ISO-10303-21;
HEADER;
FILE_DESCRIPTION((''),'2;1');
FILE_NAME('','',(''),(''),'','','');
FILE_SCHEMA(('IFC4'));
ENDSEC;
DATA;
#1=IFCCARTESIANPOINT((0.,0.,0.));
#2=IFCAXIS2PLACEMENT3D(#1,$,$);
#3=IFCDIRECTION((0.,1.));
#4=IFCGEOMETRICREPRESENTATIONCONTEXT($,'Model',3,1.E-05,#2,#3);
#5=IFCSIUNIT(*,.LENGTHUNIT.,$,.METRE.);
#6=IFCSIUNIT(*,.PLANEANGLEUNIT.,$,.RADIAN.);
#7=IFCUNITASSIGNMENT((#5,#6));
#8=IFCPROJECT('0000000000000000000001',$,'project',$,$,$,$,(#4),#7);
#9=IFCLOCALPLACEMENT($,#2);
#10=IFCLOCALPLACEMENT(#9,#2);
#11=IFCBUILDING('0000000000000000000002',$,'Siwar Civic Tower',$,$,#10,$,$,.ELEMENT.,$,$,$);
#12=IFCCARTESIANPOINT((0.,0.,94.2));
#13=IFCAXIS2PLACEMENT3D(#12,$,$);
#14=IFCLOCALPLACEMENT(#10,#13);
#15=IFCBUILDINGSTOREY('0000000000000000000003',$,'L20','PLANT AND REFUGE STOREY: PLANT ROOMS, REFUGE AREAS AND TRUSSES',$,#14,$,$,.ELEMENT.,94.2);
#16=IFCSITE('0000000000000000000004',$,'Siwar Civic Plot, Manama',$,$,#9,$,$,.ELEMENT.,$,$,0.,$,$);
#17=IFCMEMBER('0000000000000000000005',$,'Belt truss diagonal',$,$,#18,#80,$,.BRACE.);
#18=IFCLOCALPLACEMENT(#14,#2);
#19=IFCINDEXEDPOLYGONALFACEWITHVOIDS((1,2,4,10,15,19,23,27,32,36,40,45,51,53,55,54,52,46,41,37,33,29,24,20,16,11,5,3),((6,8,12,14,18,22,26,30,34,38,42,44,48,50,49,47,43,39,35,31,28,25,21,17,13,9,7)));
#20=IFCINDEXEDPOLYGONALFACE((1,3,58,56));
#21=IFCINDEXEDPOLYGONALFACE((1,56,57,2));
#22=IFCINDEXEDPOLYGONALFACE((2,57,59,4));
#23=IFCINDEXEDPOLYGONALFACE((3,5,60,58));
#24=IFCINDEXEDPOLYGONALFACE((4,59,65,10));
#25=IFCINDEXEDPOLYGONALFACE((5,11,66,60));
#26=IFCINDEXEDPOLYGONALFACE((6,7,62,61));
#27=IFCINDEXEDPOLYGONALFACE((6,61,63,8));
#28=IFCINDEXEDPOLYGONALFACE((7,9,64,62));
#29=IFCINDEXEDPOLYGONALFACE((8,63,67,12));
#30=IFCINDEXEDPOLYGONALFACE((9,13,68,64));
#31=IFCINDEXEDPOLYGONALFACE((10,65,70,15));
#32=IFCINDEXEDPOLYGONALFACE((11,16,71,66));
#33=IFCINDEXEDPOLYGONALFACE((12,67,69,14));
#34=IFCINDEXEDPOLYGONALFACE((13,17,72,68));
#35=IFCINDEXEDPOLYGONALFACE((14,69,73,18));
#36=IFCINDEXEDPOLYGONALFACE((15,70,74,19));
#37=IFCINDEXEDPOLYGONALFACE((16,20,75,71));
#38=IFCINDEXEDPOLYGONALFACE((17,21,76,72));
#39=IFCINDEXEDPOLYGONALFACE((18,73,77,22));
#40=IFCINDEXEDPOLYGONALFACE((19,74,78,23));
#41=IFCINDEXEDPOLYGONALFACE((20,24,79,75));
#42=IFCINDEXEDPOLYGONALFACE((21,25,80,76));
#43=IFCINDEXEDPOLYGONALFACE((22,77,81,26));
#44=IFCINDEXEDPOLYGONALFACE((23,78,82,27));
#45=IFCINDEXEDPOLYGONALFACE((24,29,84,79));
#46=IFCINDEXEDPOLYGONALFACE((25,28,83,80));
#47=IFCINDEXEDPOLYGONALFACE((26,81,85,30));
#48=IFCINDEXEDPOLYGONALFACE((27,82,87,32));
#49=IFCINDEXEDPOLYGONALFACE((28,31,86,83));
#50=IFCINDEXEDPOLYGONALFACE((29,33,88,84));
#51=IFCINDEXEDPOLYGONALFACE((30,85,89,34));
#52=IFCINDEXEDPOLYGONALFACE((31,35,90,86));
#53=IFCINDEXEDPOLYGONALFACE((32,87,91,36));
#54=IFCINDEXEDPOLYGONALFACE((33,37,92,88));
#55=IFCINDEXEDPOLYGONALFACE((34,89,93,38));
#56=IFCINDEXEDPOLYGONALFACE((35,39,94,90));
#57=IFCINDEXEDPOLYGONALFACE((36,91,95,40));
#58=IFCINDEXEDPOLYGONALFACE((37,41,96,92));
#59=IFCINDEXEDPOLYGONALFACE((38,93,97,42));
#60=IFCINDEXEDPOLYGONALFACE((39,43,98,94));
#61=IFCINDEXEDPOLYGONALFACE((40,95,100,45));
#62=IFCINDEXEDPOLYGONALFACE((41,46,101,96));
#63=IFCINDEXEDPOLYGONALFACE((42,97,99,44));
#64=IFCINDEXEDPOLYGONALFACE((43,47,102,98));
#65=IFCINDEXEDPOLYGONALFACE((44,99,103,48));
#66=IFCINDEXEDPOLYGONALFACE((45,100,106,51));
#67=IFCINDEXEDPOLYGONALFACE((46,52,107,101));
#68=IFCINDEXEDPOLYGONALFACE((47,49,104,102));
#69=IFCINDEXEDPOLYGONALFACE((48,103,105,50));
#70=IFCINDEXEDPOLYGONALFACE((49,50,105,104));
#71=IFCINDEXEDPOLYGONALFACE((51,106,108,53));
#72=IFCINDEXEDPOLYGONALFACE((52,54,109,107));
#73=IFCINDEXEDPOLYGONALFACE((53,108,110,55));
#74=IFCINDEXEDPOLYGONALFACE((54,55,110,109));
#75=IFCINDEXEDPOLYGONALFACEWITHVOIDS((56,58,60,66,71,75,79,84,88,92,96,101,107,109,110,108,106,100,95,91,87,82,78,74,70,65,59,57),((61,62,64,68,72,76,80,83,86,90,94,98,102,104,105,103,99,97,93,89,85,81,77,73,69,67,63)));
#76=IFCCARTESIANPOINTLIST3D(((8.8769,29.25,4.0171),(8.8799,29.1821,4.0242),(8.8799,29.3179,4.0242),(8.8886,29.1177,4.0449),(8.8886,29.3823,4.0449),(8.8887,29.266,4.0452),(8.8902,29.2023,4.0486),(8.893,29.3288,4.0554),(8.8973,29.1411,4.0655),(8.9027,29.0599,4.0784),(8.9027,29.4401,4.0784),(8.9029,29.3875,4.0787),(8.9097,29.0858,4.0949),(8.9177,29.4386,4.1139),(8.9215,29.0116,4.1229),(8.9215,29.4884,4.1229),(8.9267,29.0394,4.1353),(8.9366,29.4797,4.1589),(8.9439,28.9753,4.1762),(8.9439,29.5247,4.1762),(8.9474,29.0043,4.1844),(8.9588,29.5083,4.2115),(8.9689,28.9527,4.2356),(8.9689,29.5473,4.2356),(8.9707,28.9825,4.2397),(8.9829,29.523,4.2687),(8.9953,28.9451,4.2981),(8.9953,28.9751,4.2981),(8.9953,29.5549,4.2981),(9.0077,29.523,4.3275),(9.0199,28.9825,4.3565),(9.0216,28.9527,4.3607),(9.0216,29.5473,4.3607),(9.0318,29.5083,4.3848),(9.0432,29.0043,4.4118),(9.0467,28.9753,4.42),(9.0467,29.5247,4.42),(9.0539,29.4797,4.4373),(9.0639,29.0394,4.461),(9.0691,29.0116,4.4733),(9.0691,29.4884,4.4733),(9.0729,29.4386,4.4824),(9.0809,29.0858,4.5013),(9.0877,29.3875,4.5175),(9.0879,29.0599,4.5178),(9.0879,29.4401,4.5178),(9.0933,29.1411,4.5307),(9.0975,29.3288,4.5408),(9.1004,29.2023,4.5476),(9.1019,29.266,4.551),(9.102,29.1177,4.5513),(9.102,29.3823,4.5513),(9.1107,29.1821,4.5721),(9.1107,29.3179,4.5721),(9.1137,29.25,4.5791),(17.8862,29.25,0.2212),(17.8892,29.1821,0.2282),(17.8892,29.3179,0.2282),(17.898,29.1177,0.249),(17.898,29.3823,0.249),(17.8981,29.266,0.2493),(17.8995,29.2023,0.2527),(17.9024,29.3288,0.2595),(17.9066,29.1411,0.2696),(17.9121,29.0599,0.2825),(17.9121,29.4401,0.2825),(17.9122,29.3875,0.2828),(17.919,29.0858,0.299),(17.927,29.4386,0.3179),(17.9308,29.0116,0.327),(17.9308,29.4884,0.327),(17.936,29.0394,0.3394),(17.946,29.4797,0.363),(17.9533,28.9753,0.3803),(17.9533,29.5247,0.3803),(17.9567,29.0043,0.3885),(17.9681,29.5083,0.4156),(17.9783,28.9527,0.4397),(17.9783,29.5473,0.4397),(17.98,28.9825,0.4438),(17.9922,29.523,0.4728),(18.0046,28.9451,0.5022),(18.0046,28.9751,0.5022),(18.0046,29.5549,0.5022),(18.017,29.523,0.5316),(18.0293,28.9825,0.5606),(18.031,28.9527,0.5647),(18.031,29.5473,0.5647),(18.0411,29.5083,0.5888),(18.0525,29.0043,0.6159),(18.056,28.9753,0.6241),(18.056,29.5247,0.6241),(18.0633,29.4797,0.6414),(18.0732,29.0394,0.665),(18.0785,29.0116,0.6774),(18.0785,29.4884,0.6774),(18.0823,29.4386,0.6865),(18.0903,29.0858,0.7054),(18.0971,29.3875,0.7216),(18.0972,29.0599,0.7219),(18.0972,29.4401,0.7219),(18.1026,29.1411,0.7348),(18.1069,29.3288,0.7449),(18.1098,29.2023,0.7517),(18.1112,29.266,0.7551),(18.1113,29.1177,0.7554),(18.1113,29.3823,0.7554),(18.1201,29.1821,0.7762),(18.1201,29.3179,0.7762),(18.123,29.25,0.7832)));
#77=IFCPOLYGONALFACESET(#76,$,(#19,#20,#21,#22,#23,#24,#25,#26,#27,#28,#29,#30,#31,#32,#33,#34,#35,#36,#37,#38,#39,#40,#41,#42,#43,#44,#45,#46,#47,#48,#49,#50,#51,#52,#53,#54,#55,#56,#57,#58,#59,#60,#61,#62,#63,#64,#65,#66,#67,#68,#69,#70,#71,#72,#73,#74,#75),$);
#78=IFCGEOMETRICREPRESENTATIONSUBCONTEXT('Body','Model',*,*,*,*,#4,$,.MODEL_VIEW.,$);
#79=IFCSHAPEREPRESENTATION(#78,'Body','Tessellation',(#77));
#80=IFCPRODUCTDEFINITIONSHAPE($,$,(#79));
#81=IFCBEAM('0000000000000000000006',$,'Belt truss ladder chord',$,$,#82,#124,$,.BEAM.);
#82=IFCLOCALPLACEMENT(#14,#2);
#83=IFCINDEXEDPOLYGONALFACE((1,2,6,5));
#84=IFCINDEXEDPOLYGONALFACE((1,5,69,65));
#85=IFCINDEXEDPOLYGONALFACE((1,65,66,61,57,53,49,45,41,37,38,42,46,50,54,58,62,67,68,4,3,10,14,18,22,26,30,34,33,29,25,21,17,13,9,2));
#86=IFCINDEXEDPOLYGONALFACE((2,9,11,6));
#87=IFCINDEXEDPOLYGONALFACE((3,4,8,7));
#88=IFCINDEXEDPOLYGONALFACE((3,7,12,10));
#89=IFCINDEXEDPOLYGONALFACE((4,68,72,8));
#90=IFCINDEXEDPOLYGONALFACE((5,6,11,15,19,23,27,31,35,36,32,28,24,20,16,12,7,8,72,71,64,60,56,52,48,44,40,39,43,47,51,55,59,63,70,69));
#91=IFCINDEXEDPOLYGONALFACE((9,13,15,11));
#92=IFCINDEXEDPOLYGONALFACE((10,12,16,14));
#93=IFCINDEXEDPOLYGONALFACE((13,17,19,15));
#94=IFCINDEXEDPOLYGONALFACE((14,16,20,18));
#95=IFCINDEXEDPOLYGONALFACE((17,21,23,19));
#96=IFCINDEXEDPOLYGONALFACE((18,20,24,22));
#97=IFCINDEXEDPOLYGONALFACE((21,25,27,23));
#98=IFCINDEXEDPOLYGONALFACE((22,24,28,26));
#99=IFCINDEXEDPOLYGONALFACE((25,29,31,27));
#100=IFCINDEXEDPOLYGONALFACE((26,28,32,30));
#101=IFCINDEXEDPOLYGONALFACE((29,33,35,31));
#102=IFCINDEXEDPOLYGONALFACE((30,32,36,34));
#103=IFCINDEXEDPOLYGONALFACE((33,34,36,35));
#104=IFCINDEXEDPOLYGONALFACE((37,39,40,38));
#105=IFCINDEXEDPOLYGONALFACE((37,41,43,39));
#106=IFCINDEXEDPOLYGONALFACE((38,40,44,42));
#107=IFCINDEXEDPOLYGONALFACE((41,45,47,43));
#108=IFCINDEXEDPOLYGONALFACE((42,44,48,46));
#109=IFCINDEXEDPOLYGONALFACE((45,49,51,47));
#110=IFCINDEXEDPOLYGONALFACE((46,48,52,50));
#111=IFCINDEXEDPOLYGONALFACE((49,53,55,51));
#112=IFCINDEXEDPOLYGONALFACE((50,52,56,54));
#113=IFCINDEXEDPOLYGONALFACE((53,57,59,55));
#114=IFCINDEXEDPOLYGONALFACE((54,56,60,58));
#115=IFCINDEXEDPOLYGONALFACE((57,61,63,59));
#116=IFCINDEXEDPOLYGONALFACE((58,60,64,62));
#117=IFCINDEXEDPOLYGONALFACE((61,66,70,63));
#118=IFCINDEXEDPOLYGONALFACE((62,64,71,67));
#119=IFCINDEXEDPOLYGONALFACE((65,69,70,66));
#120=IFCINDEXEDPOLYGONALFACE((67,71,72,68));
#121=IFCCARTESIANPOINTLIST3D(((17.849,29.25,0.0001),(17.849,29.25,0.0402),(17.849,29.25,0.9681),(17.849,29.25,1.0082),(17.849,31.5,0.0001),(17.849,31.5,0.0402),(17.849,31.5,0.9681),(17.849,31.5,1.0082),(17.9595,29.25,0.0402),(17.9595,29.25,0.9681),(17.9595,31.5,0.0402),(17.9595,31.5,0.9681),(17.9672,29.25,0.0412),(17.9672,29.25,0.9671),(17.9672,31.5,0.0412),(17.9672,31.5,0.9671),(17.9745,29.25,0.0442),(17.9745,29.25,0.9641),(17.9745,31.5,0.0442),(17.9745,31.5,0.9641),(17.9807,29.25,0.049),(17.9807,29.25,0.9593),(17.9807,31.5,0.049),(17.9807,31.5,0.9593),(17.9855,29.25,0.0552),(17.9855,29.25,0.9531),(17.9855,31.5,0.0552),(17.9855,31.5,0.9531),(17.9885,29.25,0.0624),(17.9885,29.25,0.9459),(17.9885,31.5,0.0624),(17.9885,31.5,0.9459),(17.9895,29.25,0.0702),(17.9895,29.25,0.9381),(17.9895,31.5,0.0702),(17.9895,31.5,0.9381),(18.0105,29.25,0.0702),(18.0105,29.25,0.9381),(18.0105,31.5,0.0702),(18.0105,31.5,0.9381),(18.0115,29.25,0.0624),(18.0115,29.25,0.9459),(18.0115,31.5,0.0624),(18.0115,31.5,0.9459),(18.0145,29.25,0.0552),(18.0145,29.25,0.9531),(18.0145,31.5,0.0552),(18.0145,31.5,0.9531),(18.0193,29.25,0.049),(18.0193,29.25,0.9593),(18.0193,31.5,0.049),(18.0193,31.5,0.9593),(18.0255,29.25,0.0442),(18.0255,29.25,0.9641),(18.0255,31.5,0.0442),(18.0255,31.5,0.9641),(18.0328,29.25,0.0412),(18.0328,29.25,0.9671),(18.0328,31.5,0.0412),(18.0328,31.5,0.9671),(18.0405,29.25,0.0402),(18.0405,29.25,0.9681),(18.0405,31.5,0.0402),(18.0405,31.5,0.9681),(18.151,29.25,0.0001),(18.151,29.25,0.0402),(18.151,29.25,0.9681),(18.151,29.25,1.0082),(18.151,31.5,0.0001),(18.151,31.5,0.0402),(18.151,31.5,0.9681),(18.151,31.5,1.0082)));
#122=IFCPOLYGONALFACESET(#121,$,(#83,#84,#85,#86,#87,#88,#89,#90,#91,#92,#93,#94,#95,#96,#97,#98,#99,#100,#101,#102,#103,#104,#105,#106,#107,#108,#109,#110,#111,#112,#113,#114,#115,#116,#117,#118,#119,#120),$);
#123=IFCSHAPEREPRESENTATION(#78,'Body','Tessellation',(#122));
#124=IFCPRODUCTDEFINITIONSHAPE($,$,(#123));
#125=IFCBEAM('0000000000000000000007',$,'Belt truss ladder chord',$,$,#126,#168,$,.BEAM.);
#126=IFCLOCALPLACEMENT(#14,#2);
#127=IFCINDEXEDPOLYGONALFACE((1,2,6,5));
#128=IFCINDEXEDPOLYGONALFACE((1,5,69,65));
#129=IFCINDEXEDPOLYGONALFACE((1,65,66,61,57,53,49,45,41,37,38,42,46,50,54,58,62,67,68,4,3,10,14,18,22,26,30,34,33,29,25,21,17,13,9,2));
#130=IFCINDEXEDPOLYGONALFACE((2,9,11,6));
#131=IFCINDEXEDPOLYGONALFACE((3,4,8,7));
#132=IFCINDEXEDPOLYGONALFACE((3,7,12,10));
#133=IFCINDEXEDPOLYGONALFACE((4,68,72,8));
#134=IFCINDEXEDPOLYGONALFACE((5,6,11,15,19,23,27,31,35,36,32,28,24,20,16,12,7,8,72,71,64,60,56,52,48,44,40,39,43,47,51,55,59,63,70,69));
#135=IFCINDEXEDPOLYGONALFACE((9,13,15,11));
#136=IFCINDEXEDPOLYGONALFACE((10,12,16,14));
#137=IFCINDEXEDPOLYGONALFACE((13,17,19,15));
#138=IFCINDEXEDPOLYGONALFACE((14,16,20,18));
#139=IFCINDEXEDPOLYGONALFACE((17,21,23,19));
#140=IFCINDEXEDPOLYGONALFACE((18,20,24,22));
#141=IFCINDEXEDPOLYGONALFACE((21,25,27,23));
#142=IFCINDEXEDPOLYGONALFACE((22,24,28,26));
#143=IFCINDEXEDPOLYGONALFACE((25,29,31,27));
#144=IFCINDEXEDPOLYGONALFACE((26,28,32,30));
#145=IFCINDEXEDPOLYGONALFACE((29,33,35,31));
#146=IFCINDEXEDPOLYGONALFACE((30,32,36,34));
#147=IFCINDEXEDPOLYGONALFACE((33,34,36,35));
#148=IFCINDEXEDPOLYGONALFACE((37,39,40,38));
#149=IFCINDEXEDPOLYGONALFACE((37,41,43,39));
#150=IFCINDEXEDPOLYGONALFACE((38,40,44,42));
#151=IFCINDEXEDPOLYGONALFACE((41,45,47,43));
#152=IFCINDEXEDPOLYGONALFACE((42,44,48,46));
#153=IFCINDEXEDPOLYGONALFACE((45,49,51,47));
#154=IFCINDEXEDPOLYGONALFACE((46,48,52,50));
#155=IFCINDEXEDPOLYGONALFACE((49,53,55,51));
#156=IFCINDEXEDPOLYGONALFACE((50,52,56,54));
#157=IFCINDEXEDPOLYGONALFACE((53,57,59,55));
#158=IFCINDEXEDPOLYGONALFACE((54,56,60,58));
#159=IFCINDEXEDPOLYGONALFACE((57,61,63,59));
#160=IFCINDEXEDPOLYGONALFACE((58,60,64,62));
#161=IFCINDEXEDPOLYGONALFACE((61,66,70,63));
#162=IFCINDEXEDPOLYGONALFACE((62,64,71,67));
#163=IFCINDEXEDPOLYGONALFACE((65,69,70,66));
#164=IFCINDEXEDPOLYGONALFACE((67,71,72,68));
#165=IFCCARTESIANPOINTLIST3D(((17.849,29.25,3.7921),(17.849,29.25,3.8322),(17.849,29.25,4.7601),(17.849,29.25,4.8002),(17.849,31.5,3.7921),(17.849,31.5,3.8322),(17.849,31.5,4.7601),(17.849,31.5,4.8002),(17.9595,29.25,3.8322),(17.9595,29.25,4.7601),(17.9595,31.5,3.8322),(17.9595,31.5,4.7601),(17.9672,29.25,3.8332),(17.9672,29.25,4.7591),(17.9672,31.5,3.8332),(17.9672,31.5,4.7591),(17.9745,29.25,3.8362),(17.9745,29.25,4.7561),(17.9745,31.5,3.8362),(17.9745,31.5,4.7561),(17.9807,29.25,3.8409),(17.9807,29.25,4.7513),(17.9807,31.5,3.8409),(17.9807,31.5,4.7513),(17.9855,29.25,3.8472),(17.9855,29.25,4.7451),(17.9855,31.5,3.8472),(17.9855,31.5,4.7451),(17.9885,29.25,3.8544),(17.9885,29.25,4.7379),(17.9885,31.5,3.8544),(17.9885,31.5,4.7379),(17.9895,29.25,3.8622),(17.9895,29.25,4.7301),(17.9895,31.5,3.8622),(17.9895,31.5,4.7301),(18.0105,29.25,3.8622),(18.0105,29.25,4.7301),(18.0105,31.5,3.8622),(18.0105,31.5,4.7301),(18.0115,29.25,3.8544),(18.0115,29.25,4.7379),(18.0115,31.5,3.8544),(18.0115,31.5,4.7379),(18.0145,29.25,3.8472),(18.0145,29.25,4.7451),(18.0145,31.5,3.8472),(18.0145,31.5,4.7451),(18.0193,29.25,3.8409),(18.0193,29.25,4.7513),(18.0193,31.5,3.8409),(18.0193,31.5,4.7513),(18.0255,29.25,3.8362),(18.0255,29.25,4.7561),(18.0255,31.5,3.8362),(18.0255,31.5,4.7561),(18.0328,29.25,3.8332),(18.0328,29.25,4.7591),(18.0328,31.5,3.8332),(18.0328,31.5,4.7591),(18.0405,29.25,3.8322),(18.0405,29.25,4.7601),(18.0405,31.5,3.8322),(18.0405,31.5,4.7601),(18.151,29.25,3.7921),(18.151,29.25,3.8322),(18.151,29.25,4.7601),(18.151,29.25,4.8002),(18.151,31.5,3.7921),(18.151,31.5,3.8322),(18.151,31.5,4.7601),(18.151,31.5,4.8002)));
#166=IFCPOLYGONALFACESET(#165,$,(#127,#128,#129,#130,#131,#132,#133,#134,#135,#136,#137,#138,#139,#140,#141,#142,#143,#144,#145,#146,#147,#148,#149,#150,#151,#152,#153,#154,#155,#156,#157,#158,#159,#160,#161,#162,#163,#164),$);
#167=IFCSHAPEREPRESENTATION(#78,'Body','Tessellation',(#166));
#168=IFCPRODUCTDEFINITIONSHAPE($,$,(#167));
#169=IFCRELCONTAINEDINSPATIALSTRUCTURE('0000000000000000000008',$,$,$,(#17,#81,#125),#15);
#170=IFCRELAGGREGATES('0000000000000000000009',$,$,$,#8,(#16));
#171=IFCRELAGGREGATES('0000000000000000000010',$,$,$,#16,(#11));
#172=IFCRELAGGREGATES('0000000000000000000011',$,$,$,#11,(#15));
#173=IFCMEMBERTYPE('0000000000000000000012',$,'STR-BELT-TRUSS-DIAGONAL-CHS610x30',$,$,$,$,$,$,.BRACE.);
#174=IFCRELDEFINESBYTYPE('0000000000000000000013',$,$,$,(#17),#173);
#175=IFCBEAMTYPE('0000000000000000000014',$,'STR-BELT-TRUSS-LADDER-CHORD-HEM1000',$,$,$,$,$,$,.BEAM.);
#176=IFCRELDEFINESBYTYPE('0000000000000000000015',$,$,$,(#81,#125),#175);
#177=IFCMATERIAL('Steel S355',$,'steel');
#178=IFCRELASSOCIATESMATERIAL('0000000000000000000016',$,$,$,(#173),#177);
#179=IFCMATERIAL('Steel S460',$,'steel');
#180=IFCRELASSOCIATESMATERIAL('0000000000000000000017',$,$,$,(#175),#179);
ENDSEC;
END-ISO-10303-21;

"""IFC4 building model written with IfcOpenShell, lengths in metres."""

from ifc_helpers import new_model, si_unit, direction, frame, origin, origin_2d, place, context, subcontext, project, spatial, hollow_circle, i_section, extrude, material, material_profile, profile_set, type_object, element, save


model = new_model("IFC4")

# Units and contexts
model_context = context("Model", 3, precision=1e-05, world=origin(), true_north=direction((0.0, 1.0)))
body_context = subcontext(model_context, "Body", "Model", "MODEL_VIEW")
ifc_project = project(units=[si_unit("LENGTHUNIT", "METRE"), si_unit("PLANEANGLEUNIT", "RADIAN")], contexts=[model_context])

# Site, building, storey
site_placement = place(None, origin())
site = spatial("IfcSite", under=ifc_project, at=site_placement, Name="Siwar Civic Plot, Manama", CompositionType="ELEMENT", RefElevation=0.0)
building_placement = place(site_placement, origin())
building = spatial("IfcBuilding", under=site, at=building_placement, Name="Siwar Civic Tower", CompositionType="ELEMENT")
storey_placement = place(building_placement, frame((0.0, 0.0, 94.2)))
storey = spatial("IfcBuildingStorey", under=building, at=storey_placement, Name="L20", Description="PLANT AND REFUGE STOREY: PLANT ROOMS, REFUGE AREAS AND TRUSSES", CompositionType="ELEMENT", Elevation=94.2)

# Member
ifc_material_1 = material(Name="Steel S355", Category="steel")
ifc_material_profile_1 = material_profile(ifc_material_1, hollow_circle(Radius=0.3049, WallThickness=0.03, at=origin_2d()), Name="CHS610x30")
ifc_profile_set_1 = profile_set([ifc_material_profile_1], Name="Steel S355")
member_type_1 = type_object("IfcMemberType", Name="STR-BELT-TRUSS-DIAGONAL-CHS610x30", PredefinedType="BRACE", material=ifc_profile_set_1)
member_1_placement = place(storey_placement, frame((18.0046, 29.25, 0.5022), z_axis=(-0.921543, 0.0, 0.388276), x_axis=(0.0, -1.0, 0.0)))
element("IfcMember", 1, at=member_1_placement, inside=storey, type_object=member_type_1, Name="Belt truss diagonal", PredefinedType="BRACE", context=body_context, shape_type="SweptSolid", body=[
    extrude(hollow_circle(Radius=0.3049, WallThickness=0.03, at=origin_2d()), origin(), (0.0, 0.0, 1.0), 9.7764),
])

# Beams
ifc_material_2 = material(Name="Steel S460", Category="steel")
ifc_material_profile_2 = material_profile(ifc_material_2, i_section(OverallWidth=0.302, OverallDepth=1.0081, WebThickness=0.021, FlangeThickness=0.04, FilletRadius=0.03, at=origin_2d()), Name="HEM1000")
ifc_profile_set_2 = profile_set([ifc_material_profile_2], Name="Steel S460")
beam_type_1 = type_object("IfcBeamType", Name="STR-BELT-TRUSS-LADDER-CHORD-HEM1000", PredefinedType="BEAM", material=ifc_profile_set_2)
for number, where, z_axis, x_axis, name in (
    (2, (18.0, 29.25, 0.5042), (0.0, 1.0, 0.0), (-1.0, 0.0, 0.0), "Belt truss ladder chord"),
    (3, (18.0, 29.25, 4.2961), (0.0, 1.0, 0.0), (-1.0, 0.0, 0.0), "Belt truss ladder chord"),
):
    element("IfcBeam", number, at=place(storey_placement, frame(where, z_axis=z_axis, x_axis=x_axis)), inside=storey, type_object=beam_type_1, Name=name, PredefinedType="BEAM", context=body_context, shape_type="SweptSolid", body=[
        extrude(i_section(OverallWidth=0.302, OverallDepth=1.0081, WebThickness=0.021, FlangeThickness=0.04, FilletRadius=0.03, at=origin_2d()), origin(), (0.0, 0.0, 1.0), 2.25),
    ])

save(model, "model.ifc")
